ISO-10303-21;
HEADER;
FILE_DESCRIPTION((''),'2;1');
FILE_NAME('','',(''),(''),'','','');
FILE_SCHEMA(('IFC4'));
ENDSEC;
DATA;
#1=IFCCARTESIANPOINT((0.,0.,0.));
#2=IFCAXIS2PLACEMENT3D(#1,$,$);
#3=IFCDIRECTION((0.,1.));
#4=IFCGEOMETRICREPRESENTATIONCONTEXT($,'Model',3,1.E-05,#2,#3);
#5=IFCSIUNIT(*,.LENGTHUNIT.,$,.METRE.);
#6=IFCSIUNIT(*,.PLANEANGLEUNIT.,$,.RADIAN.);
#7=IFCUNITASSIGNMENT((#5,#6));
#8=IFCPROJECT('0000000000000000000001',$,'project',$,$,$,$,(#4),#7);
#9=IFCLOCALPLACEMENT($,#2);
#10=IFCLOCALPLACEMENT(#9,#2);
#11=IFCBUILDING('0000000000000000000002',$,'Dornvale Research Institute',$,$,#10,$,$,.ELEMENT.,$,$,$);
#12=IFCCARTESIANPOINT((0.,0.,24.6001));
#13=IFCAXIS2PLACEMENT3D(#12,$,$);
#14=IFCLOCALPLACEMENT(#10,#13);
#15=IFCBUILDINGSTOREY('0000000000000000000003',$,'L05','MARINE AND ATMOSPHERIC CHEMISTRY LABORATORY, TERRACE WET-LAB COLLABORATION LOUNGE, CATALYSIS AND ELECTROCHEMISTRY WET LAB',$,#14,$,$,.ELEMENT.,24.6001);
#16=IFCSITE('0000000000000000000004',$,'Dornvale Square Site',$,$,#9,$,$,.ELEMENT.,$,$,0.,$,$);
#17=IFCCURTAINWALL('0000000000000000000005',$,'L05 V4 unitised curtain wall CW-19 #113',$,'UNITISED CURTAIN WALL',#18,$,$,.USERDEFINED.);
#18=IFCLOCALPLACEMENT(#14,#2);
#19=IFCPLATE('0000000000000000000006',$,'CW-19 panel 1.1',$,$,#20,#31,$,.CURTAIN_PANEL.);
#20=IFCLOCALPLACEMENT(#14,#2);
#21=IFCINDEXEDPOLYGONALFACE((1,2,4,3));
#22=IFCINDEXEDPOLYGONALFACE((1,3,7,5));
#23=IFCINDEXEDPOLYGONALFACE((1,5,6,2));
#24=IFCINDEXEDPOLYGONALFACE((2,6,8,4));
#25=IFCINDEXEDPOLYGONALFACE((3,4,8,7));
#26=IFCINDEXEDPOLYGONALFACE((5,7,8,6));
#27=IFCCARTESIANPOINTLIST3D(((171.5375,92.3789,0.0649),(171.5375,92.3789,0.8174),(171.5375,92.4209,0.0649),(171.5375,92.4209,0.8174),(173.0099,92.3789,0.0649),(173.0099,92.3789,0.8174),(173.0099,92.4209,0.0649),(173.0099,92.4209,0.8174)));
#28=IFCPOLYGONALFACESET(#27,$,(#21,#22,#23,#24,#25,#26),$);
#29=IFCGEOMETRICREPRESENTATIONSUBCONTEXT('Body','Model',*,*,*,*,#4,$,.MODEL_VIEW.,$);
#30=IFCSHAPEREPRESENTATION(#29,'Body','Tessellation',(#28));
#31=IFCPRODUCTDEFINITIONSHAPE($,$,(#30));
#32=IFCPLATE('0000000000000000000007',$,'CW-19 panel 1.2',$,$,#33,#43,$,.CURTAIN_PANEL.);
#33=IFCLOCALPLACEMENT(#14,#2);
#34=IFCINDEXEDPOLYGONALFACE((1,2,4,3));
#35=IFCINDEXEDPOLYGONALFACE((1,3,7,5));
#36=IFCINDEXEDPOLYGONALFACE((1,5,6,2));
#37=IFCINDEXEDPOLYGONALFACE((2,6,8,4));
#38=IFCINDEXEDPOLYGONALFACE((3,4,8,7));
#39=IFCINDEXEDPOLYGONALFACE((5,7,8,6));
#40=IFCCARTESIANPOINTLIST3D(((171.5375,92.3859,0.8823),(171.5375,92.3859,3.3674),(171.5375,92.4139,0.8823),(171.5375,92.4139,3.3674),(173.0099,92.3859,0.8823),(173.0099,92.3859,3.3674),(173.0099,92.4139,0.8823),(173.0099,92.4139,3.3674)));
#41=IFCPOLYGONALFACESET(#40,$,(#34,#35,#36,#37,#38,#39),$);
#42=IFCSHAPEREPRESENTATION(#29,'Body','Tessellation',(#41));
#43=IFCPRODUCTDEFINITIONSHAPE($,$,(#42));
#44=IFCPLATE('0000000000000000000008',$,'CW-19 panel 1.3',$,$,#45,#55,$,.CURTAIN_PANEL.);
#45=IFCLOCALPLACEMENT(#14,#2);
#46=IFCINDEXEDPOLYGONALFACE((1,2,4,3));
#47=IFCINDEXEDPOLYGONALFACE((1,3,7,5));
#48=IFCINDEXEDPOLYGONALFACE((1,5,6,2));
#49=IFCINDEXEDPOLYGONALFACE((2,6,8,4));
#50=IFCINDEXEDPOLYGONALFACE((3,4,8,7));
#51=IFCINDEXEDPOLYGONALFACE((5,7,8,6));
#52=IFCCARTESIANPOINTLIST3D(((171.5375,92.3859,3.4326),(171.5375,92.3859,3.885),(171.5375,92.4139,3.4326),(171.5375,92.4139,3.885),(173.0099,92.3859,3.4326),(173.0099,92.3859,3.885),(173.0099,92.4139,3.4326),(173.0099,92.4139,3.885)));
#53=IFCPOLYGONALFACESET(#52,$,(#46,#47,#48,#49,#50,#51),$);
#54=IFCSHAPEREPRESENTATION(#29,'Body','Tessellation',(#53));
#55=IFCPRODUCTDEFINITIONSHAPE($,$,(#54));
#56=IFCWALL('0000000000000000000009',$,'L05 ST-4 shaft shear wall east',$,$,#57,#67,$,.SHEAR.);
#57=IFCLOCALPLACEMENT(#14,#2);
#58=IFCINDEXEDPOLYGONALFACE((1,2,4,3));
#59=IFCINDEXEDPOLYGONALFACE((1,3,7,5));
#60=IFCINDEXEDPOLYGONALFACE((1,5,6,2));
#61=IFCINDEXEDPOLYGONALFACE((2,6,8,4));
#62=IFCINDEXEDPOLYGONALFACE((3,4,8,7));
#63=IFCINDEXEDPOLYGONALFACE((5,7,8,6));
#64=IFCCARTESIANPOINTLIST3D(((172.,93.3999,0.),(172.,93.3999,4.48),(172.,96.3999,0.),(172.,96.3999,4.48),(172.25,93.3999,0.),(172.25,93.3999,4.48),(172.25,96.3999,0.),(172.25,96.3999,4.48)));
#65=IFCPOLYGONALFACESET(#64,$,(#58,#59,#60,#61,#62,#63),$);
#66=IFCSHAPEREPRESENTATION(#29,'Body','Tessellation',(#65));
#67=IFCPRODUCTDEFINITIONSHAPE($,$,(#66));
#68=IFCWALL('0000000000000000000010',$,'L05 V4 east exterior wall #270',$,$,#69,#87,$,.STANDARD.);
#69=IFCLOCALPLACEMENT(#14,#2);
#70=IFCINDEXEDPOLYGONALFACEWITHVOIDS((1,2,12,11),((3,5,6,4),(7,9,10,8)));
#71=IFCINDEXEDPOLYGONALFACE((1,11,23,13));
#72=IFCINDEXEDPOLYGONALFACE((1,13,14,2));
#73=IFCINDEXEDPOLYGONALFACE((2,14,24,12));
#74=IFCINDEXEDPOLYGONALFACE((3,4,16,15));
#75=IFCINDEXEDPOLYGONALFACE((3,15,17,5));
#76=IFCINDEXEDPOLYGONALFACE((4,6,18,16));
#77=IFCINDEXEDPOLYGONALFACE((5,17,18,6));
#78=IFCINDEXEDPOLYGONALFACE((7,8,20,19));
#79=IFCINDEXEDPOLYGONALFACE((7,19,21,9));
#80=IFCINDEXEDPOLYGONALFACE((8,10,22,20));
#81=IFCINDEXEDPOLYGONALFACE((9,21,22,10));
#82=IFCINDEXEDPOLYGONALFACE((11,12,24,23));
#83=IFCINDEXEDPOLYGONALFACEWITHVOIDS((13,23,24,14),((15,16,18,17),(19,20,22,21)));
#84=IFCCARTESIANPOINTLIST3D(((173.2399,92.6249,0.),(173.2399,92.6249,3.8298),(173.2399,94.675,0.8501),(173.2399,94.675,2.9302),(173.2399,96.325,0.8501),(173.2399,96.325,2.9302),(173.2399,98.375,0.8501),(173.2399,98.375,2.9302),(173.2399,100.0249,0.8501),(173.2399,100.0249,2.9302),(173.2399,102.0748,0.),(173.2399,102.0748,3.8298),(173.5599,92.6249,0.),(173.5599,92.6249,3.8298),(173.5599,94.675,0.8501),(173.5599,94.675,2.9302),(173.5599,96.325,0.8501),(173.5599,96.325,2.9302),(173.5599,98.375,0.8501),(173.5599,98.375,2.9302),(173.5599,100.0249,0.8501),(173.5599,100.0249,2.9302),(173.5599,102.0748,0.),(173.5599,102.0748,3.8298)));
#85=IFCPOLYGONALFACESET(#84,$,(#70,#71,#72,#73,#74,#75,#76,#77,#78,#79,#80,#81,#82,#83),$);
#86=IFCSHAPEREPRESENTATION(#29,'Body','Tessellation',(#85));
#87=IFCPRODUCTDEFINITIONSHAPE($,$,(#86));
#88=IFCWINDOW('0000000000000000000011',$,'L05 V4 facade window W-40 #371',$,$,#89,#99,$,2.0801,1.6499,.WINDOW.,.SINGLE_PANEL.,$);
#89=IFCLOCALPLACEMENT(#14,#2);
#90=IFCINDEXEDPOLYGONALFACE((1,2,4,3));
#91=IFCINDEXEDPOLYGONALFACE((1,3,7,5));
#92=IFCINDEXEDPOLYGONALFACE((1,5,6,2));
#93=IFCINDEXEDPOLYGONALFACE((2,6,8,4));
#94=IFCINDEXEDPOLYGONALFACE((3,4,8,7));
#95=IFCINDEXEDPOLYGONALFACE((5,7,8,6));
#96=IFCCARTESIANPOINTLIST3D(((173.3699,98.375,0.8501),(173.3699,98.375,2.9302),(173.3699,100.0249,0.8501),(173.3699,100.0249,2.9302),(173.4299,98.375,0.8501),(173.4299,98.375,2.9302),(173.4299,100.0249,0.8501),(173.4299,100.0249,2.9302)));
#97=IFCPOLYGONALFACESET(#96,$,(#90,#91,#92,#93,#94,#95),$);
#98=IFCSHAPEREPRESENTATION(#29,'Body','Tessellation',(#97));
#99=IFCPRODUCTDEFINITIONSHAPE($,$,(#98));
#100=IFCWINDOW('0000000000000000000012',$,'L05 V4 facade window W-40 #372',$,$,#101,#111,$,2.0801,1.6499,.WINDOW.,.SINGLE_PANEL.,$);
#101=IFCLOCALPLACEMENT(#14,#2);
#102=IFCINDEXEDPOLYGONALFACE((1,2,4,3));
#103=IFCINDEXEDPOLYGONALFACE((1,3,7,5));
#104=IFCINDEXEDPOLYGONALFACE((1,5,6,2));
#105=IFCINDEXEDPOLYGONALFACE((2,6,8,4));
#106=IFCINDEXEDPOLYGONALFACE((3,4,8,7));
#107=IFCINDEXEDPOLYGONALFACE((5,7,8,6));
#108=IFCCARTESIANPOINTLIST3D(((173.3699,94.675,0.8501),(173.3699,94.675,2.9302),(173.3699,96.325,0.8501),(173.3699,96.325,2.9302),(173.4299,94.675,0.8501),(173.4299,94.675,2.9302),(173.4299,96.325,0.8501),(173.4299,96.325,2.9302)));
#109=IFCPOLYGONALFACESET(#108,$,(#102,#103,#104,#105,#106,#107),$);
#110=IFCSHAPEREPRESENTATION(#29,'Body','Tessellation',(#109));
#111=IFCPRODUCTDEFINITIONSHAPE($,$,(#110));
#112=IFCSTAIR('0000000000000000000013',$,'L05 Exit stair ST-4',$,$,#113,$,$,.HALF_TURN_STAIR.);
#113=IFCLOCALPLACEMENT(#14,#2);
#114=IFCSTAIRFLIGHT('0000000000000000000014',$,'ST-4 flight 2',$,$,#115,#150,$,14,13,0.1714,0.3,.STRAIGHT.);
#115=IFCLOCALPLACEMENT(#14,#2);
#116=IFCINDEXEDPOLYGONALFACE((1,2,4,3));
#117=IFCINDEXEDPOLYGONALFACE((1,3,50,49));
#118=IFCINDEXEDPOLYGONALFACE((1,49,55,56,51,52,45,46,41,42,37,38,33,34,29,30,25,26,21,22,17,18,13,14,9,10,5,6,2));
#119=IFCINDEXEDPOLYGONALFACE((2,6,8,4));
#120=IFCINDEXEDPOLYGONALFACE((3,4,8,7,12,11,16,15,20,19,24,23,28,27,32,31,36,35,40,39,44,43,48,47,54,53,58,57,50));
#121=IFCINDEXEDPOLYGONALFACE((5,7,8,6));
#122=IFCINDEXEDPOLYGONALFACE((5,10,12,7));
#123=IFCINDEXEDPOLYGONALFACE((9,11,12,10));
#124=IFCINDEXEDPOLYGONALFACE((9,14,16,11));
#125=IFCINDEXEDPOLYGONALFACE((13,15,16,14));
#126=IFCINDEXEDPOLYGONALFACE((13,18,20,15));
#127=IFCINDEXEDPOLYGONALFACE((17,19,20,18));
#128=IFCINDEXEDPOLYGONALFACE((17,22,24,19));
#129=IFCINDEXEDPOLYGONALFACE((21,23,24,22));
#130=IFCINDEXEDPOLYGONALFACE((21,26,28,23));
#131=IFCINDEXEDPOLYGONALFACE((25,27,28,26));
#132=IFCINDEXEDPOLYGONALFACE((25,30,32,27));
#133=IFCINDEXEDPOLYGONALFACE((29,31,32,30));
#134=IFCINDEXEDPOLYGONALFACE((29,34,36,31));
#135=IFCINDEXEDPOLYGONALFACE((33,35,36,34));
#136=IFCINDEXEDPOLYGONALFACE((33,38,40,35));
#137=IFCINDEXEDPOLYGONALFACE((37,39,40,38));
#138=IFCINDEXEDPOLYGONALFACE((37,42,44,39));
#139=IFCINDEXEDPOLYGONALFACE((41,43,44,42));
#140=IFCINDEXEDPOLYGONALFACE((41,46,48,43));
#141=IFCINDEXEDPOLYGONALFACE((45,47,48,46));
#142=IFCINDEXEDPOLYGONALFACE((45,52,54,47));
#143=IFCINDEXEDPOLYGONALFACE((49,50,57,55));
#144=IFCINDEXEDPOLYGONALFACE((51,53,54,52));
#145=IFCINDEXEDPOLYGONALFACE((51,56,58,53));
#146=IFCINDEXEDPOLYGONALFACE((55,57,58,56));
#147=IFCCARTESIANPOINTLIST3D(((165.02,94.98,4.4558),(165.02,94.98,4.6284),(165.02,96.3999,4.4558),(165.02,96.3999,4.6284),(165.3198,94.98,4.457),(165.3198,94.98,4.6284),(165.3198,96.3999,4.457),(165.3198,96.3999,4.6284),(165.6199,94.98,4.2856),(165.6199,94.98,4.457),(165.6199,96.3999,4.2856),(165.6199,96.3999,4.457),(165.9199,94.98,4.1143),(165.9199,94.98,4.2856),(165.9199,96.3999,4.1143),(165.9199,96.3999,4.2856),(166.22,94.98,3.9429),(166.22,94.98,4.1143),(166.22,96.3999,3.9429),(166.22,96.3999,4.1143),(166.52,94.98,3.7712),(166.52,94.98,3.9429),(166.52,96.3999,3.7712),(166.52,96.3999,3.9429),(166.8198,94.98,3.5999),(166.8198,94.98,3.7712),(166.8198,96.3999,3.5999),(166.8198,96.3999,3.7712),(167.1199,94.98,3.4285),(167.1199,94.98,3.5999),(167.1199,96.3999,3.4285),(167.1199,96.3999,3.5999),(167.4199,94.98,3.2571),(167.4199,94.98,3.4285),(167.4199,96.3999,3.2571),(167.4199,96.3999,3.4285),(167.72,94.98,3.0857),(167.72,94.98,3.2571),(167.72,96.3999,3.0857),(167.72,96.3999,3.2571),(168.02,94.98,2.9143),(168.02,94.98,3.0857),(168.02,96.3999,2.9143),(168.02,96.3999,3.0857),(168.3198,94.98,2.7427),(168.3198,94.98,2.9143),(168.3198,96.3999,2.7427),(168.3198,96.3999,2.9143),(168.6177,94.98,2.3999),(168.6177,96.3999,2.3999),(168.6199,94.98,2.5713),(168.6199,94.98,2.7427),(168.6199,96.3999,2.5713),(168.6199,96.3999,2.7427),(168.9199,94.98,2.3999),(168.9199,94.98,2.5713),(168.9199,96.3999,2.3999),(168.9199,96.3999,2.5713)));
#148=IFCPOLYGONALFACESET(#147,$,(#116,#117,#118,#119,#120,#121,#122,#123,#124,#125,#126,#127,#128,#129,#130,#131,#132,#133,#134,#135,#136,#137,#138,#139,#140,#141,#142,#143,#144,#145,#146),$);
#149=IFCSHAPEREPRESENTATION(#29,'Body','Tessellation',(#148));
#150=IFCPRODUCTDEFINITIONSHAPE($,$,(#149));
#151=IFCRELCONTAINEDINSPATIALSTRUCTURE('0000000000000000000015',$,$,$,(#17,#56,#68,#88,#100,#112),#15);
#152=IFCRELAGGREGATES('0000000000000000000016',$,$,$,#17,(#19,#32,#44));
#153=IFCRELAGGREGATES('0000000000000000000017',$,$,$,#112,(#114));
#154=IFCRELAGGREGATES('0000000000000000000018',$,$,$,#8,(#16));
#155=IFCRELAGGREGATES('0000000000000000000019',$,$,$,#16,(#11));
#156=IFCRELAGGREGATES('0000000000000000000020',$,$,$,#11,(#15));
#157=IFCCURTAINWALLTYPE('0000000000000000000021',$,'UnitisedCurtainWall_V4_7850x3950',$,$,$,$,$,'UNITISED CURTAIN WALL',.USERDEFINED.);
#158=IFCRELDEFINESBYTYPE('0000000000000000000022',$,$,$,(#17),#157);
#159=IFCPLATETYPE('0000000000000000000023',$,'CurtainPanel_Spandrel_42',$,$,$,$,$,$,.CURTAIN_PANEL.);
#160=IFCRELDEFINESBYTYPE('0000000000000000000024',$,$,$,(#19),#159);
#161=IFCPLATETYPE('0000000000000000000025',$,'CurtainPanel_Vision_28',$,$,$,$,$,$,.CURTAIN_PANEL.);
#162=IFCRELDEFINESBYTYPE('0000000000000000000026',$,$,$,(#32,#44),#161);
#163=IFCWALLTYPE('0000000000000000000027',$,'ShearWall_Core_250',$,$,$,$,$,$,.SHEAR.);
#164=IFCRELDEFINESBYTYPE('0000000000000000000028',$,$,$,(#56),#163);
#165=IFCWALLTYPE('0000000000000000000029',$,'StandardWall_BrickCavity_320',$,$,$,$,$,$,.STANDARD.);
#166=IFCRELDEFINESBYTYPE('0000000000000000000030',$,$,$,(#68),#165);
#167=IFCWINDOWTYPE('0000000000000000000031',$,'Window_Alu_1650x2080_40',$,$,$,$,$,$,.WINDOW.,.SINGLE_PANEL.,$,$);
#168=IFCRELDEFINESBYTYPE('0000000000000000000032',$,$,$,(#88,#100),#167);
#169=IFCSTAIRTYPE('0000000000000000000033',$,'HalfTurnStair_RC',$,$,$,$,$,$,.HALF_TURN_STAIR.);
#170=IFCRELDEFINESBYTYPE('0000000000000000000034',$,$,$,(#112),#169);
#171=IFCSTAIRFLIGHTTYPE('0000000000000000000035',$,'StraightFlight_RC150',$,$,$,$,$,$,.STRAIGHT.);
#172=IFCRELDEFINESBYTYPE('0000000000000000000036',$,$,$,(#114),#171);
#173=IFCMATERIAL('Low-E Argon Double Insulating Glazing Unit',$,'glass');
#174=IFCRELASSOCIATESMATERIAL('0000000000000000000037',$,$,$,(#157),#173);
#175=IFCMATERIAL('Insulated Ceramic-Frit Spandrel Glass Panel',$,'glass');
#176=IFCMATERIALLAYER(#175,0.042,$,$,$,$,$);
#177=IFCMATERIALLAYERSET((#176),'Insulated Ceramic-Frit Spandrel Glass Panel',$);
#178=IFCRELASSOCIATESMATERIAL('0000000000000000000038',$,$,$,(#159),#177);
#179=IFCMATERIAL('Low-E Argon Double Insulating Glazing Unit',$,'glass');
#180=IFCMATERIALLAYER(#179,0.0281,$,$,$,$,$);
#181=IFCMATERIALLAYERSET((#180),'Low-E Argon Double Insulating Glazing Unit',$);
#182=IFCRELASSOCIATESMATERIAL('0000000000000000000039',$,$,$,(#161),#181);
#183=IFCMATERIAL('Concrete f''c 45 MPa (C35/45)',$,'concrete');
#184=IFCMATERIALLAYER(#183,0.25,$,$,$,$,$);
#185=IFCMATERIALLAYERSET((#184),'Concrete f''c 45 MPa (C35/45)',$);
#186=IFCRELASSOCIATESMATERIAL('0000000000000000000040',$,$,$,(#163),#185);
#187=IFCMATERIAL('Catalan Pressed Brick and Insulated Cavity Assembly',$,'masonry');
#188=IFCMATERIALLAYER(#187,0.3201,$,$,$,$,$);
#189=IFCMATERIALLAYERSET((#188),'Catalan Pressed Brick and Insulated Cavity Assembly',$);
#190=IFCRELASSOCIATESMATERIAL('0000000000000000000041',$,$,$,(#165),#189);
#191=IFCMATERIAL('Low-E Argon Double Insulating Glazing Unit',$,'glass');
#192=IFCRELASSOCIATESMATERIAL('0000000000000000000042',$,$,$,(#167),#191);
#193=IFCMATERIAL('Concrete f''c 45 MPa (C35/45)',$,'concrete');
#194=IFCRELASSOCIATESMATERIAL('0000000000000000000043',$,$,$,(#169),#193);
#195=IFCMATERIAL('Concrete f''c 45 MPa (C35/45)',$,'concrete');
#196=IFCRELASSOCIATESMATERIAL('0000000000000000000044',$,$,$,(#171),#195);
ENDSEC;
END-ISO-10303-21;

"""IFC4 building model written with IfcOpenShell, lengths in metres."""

from ifc_helpers import new_model, si_unit, direction, frame, frame_2d, origin, origin_2d, place, context, subcontext, project, spatial, polyline, rectangle, outline, extrude, material, layer, layer_set, type_object, element, fill, aggregate, save


model = new_model("IFC4")

# Units and contexts
model_context = context("Model", 3, precision=1e-05, world=origin(), true_north=direction((0.0, 1.0)))
body_context = subcontext(model_context, "Body", "Model", "MODEL_VIEW")
ifc_project = project(units=[si_unit("LENGTHUNIT", "METRE"), si_unit("PLANEANGLEUNIT", "RADIAN")], contexts=[model_context])

# Site, building, storey
site_placement = place(None, origin())
site = spatial("IfcSite", under=ifc_project, at=site_placement, Name="Dornvale Square Site", CompositionType="ELEMENT", RefElevation=0.0)
building_placement = place(site_placement, origin())
building = spatial("IfcBuilding", under=site, at=building_placement, Name="Dornvale Research Institute", CompositionType="ELEMENT")
storey_placement = place(building_placement, frame((0.0, 0.0, 24.6001)))
storey = spatial("IfcBuildingStorey", under=building, at=storey_placement, Name="L05", Description="MARINE AND ATMOSPHERIC CHEMISTRY LABORATORY, TERRACE WET-LAB COLLABORATION LOUNGE, CATALYSIS AND ELECTROCHEMISTRY WET LAB", CompositionType="ELEMENT", Elevation=24.6001)

# Curtain wall
ifc_material_1 = material(Name="Low-E Argon Double Insulating Glazing Unit", Category="glass")
curtain_wall_type = type_object("IfcCurtainWallType", Name="UnitisedCurtainWall_V4_7850x3950", ElementType="UNITISED CURTAIN WALL", PredefinedType="USERDEFINED", material=ifc_material_1)
curtain_wall_placement = place(storey_placement, origin())
curtain_wall = element("IfcCurtainWall", 1, at=curtain_wall_placement, inside=storey, type_object=curtain_wall_type, Name="L05 V4 unitised curtain wall CW-19 #113", ObjectType="UNITISED CURTAIN WALL", PredefinedType="USERDEFINED")

# Plates
ifc_material_2 = material(Name="Insulated Ceramic-Frit Spandrel Glass Panel", Category="glass")
ifc_layer_1 = layer(ifc_material_2, 0.042)
ifc_layer_set_1 = layer_set([ifc_layer_1], Name="Insulated Ceramic-Frit Spandrel Glass Panel")
plate_type_1 = type_object("IfcPlateType", Name="CurtainPanel_Spandrel_42", PredefinedType="CURTAIN_PANEL", material=ifc_layer_set_1)
plate_1_placement = place(storey_placement, frame((172.2737, 92.3999, 0.0649), z_axis=(0.0, 0.0, 1.0), x_axis=(-1.0, 0.0, 0.0)))
plate_1 = element("IfcPlate", 2, at=plate_1_placement, type_object=plate_type_1, Name="CW-19 panel 1.1", PredefinedType="CURTAIN_PANEL", context=body_context, shape_type="SweptSolid", body=[
    extrude(rectangle(XDim=1.4724, YDim=0.042, at=origin_2d()), origin(), (0.0, 0.0, 1.0), 0.7524),
])
ifc_material_3 = material(Name="Low-E Argon Double Insulating Glazing Unit", Category="glass")
ifc_layer_2 = layer(ifc_material_3, 0.0281)
ifc_layer_set_2 = layer_set([ifc_layer_2], Name="Low-E Argon Double Insulating Glazing Unit")
plate_type_2 = type_object("IfcPlateType", Name="CurtainPanel_Vision_28", PredefinedType="CURTAIN_PANEL", material=ifc_layer_set_2)
plate_2_placement = place(storey_placement, frame((172.2737, 92.3999, 0.8823), z_axis=(0.0, 0.0, 1.0), x_axis=(-1.0, 0.0, 0.0)))
plate_2 = element("IfcPlate", 3, at=plate_2_placement, type_object=plate_type_2, Name="CW-19 panel 1.2", PredefinedType="CURTAIN_PANEL", context=body_context, shape_type="SweptSolid", body=[
    extrude(rectangle(XDim=1.4724, YDim=0.0281, at=origin_2d()), origin(), (0.0, 0.0, 1.0), 2.4851),
])
plate_3_placement = place(storey_placement, frame((172.2737, 92.3999, 3.4326), z_axis=(0.0, 0.0, 1.0), x_axis=(-1.0, 0.0, 0.0)))
plate_3 = element("IfcPlate", 4, at=plate_3_placement, type_object=plate_type_2, Name="CW-19 panel 1.3", PredefinedType="CURTAIN_PANEL", context=body_context, shape_type="SweptSolid", body=[
    extrude(rectangle(XDim=1.4724, YDim=0.0281, at=origin_2d()), origin(), (0.0, 0.0, 1.0), 0.4524),
])
aggregate(curtain_wall, [plate_1, plate_2, plate_3])

# Wall
ifc_material_4 = material(Name="Concrete f'c 45 MPa (C35/45)", Category="concrete")
ifc_layer_3 = layer(ifc_material_4, 0.25)
ifc_layer_set_3 = layer_set([ifc_layer_3], Name="Concrete f'c 45 MPa (C35/45)")
wall_type_1 = type_object("IfcWallType", Name="ShearWall_Core_250", PredefinedType="SHEAR", material=ifc_layer_set_3)
wall_1_placement = place(storey_placement, frame((172.125, 93.3999, 0.0), z_axis=(0.0, 0.0, 1.0), x_axis=(0.0, 1.0, 0.0)))
element("IfcWall", 5, at=wall_1_placement, inside=storey, type_object=wall_type_1, Name="L05 ST-4 shaft shear wall east", PredefinedType="SHEAR", context=body_context, shape_type="SweptSolid", body=[
    extrude(rectangle(XDim=3.0, YDim=0.25, at=frame_2d((1.5, 0.0))), origin(), (0.0, 0.0, 1.0), 4.48),
])

# Wall, openings, windows
ifc_material_5 = material(Name="Catalan Pressed Brick and Insulated Cavity Assembly", Category="masonry")
ifc_layer_4 = layer(ifc_material_5, 0.3201)
ifc_layer_set_4 = layer_set([ifc_layer_4], Name="Catalan Pressed Brick and Insulated Cavity Assembly")
wall_type_2 = type_object("IfcWallType", Name="StandardWall_BrickCavity_320", PredefinedType="STANDARD", material=ifc_layer_set_4)
wall_2_placement = place(storey_placement, frame((173.3999, 102.075, 0.0), z_axis=(0.0, 0.0, 1.0), x_axis=(0.0, -1.0, 0.0)))
wall_2 = element("IfcWall", 6, at=wall_2_placement, inside=storey, type_object=wall_type_2, Name="L05 V4 east exterior wall #270", PredefinedType="STANDARD", context=body_context, shape_type="SweptSolid", body=[
    extrude(rectangle(XDim=9.45, YDim=0.3201, at=frame_2d((4.7251, 0.0))), origin(), (0.0, 0.0, 1.0), 3.8298),
])
opening_1_placement = place(wall_2_placement, frame((2.05, 0.0, 0.8501)))
opening_1 = element("IfcOpeningElement", 7, at=opening_1_placement, cuts=wall_2, PredefinedType="OPENING", context=body_context, shape_type="SweptSolid", body=[
    extrude(rectangle(XDim=1.6499, YDim=2.0801, at=frame_2d((0.825, 1.04))), frame((0.0, 0.175, 0.0), z_axis=(0.0, -1.0, 0.0), x_axis=(1.0, 0.0, 0.0)), (0.0, 0.0, 1.0), 0.3501),
])
opening_2_placement = place(wall_2_placement, frame((5.75, 0.0, 0.8501)))
opening_2 = element("IfcOpeningElement", 8, at=opening_2_placement, cuts=wall_2, PredefinedType="OPENING", context=body_context, shape_type="SweptSolid", body=[
    extrude(rectangle(XDim=1.6499, YDim=2.0801, at=frame_2d((0.825, 1.04))), frame((0.0, 0.175, 0.0), z_axis=(0.0, -1.0, 0.0), x_axis=(1.0, 0.0, 0.0)), (0.0, 0.0, 1.0), 0.3501),
])
ifc_material_6 = material(Name="Low-E Argon Double Insulating Glazing Unit", Category="glass")
window_type = type_object("IfcWindowType", Name="Window_Alu_1650x2080_40", PartitioningType="SINGLE_PANEL", PredefinedType="WINDOW", material=ifc_material_6)
window_1_placement = place(opening_1_placement, origin())
window_1 = element("IfcWindow", 9, at=window_1_placement, inside=storey, type_object=window_type, Name="L05 V4 facade window W-40 #371", OverallHeight=2.0801, OverallWidth=1.6499, PartitioningType="SINGLE_PANEL", PredefinedType="WINDOW", context=body_context, shape_type="SweptSolid", body=[
    extrude(rectangle(XDim=1.6499, YDim=2.0801, at=frame_2d((0.825, 1.04))), frame((0.0, 0.03, 0.0), z_axis=(0.0, -1.0, 0.0), x_axis=(1.0, 0.0, 0.0)), (0.0, 0.0, 1.0), 0.0601),
])
fill(opening_1, window_1)
window_2_placement = place(opening_2_placement, origin())
window_2 = element("IfcWindow", 10, at=window_2_placement, inside=storey, type_object=window_type, Name="L05 V4 facade window W-40 #372", OverallHeight=2.0801, OverallWidth=1.6499, PartitioningType="SINGLE_PANEL", PredefinedType="WINDOW", context=body_context, shape_type="SweptSolid", body=[
    extrude(rectangle(XDim=1.6499, YDim=2.0801, at=frame_2d((0.825, 1.04))), frame((0.0, 0.03, 0.0), z_axis=(0.0, -1.0, 0.0), x_axis=(1.0, 0.0, 0.0)), (0.0, 0.0, 1.0), 0.0601),
])
fill(opening_2, window_2)

# Stair, stair flight
ifc_material_7 = material(Name="Concrete f'c 45 MPa (C35/45)", Category="concrete")
stair_type = type_object("IfcStairType", Name="HalfTurnStair_RC", PredefinedType="HALF_TURN_STAIR", material=ifc_material_7)
stair_placement = place(storey_placement, origin())
stair = element("IfcStair", 11, at=stair_placement, inside=storey, type_object=stair_type, Name="L05 Exit stair ST-4", PredefinedType="HALF_TURN_STAIR")
ifc_material_8 = material(Name="Concrete f'c 45 MPa (C35/45)", Category="concrete")
stair_flight_type = type_object("IfcStairFlightType", Name="StraightFlight_RC150", PredefinedType="STRAIGHT", material=ifc_material_8)
stair_flight_placement = place(storey_placement, frame((168.9199, 95.6899, 2.3999), z_axis=(0.0, 0.0, 1.0), x_axis=(-1.0, 0.0, 0.0)))
stair_flight = element("IfcStairFlight", 12, at=stair_flight_placement, type_object=stair_flight_type, Name="ST-4 flight 2", NumberOfRisers=14, NumberOfTreads=13, PredefinedType="STRAIGHT", RiserHeight=0.1714, TreadLength=0.3, context=body_context, shape_type="SweptSolid", body=[
    extrude(outline(polyline([(0.0, 0.0), (0.0, 0.1714), (0.3, 0.1714), (0.3, 0.3428), (0.6001, 0.3428), (0.6001, 0.5144), (0.8999, 0.5144), (0.8999, 0.6858), (1.2, 0.6858), (1.2, 0.8572), (1.5, 0.8572), (1.5, 1.0286), (1.8, 1.0286), (1.8, 1.2), (2.1001, 1.2), (2.1001, 1.3713), (2.3999, 1.3713), (2.3999, 1.543), (2.7, 1.543), (2.7, 1.7144), (3.0, 1.7144), (3.0, 1.8857), (3.3, 1.8857), (3.3, 2.0571), (3.6001, 2.0571), (3.6001, 2.2285), (3.8999, 2.2285), (3.8999, 2.3999), (3.8999, 2.0559), (0.3022, 0.0), (0.0, 0.0)])), frame((0.0, 0.71, 0.0), z_axis=(0.0, -1.0, 0.0), x_axis=(1.0, 0.0, 0.0)), (0.0, 0.0, 1.0), 1.4199),
])
aggregate(stair, [stair_flight])

save(model, "model.ifc")
